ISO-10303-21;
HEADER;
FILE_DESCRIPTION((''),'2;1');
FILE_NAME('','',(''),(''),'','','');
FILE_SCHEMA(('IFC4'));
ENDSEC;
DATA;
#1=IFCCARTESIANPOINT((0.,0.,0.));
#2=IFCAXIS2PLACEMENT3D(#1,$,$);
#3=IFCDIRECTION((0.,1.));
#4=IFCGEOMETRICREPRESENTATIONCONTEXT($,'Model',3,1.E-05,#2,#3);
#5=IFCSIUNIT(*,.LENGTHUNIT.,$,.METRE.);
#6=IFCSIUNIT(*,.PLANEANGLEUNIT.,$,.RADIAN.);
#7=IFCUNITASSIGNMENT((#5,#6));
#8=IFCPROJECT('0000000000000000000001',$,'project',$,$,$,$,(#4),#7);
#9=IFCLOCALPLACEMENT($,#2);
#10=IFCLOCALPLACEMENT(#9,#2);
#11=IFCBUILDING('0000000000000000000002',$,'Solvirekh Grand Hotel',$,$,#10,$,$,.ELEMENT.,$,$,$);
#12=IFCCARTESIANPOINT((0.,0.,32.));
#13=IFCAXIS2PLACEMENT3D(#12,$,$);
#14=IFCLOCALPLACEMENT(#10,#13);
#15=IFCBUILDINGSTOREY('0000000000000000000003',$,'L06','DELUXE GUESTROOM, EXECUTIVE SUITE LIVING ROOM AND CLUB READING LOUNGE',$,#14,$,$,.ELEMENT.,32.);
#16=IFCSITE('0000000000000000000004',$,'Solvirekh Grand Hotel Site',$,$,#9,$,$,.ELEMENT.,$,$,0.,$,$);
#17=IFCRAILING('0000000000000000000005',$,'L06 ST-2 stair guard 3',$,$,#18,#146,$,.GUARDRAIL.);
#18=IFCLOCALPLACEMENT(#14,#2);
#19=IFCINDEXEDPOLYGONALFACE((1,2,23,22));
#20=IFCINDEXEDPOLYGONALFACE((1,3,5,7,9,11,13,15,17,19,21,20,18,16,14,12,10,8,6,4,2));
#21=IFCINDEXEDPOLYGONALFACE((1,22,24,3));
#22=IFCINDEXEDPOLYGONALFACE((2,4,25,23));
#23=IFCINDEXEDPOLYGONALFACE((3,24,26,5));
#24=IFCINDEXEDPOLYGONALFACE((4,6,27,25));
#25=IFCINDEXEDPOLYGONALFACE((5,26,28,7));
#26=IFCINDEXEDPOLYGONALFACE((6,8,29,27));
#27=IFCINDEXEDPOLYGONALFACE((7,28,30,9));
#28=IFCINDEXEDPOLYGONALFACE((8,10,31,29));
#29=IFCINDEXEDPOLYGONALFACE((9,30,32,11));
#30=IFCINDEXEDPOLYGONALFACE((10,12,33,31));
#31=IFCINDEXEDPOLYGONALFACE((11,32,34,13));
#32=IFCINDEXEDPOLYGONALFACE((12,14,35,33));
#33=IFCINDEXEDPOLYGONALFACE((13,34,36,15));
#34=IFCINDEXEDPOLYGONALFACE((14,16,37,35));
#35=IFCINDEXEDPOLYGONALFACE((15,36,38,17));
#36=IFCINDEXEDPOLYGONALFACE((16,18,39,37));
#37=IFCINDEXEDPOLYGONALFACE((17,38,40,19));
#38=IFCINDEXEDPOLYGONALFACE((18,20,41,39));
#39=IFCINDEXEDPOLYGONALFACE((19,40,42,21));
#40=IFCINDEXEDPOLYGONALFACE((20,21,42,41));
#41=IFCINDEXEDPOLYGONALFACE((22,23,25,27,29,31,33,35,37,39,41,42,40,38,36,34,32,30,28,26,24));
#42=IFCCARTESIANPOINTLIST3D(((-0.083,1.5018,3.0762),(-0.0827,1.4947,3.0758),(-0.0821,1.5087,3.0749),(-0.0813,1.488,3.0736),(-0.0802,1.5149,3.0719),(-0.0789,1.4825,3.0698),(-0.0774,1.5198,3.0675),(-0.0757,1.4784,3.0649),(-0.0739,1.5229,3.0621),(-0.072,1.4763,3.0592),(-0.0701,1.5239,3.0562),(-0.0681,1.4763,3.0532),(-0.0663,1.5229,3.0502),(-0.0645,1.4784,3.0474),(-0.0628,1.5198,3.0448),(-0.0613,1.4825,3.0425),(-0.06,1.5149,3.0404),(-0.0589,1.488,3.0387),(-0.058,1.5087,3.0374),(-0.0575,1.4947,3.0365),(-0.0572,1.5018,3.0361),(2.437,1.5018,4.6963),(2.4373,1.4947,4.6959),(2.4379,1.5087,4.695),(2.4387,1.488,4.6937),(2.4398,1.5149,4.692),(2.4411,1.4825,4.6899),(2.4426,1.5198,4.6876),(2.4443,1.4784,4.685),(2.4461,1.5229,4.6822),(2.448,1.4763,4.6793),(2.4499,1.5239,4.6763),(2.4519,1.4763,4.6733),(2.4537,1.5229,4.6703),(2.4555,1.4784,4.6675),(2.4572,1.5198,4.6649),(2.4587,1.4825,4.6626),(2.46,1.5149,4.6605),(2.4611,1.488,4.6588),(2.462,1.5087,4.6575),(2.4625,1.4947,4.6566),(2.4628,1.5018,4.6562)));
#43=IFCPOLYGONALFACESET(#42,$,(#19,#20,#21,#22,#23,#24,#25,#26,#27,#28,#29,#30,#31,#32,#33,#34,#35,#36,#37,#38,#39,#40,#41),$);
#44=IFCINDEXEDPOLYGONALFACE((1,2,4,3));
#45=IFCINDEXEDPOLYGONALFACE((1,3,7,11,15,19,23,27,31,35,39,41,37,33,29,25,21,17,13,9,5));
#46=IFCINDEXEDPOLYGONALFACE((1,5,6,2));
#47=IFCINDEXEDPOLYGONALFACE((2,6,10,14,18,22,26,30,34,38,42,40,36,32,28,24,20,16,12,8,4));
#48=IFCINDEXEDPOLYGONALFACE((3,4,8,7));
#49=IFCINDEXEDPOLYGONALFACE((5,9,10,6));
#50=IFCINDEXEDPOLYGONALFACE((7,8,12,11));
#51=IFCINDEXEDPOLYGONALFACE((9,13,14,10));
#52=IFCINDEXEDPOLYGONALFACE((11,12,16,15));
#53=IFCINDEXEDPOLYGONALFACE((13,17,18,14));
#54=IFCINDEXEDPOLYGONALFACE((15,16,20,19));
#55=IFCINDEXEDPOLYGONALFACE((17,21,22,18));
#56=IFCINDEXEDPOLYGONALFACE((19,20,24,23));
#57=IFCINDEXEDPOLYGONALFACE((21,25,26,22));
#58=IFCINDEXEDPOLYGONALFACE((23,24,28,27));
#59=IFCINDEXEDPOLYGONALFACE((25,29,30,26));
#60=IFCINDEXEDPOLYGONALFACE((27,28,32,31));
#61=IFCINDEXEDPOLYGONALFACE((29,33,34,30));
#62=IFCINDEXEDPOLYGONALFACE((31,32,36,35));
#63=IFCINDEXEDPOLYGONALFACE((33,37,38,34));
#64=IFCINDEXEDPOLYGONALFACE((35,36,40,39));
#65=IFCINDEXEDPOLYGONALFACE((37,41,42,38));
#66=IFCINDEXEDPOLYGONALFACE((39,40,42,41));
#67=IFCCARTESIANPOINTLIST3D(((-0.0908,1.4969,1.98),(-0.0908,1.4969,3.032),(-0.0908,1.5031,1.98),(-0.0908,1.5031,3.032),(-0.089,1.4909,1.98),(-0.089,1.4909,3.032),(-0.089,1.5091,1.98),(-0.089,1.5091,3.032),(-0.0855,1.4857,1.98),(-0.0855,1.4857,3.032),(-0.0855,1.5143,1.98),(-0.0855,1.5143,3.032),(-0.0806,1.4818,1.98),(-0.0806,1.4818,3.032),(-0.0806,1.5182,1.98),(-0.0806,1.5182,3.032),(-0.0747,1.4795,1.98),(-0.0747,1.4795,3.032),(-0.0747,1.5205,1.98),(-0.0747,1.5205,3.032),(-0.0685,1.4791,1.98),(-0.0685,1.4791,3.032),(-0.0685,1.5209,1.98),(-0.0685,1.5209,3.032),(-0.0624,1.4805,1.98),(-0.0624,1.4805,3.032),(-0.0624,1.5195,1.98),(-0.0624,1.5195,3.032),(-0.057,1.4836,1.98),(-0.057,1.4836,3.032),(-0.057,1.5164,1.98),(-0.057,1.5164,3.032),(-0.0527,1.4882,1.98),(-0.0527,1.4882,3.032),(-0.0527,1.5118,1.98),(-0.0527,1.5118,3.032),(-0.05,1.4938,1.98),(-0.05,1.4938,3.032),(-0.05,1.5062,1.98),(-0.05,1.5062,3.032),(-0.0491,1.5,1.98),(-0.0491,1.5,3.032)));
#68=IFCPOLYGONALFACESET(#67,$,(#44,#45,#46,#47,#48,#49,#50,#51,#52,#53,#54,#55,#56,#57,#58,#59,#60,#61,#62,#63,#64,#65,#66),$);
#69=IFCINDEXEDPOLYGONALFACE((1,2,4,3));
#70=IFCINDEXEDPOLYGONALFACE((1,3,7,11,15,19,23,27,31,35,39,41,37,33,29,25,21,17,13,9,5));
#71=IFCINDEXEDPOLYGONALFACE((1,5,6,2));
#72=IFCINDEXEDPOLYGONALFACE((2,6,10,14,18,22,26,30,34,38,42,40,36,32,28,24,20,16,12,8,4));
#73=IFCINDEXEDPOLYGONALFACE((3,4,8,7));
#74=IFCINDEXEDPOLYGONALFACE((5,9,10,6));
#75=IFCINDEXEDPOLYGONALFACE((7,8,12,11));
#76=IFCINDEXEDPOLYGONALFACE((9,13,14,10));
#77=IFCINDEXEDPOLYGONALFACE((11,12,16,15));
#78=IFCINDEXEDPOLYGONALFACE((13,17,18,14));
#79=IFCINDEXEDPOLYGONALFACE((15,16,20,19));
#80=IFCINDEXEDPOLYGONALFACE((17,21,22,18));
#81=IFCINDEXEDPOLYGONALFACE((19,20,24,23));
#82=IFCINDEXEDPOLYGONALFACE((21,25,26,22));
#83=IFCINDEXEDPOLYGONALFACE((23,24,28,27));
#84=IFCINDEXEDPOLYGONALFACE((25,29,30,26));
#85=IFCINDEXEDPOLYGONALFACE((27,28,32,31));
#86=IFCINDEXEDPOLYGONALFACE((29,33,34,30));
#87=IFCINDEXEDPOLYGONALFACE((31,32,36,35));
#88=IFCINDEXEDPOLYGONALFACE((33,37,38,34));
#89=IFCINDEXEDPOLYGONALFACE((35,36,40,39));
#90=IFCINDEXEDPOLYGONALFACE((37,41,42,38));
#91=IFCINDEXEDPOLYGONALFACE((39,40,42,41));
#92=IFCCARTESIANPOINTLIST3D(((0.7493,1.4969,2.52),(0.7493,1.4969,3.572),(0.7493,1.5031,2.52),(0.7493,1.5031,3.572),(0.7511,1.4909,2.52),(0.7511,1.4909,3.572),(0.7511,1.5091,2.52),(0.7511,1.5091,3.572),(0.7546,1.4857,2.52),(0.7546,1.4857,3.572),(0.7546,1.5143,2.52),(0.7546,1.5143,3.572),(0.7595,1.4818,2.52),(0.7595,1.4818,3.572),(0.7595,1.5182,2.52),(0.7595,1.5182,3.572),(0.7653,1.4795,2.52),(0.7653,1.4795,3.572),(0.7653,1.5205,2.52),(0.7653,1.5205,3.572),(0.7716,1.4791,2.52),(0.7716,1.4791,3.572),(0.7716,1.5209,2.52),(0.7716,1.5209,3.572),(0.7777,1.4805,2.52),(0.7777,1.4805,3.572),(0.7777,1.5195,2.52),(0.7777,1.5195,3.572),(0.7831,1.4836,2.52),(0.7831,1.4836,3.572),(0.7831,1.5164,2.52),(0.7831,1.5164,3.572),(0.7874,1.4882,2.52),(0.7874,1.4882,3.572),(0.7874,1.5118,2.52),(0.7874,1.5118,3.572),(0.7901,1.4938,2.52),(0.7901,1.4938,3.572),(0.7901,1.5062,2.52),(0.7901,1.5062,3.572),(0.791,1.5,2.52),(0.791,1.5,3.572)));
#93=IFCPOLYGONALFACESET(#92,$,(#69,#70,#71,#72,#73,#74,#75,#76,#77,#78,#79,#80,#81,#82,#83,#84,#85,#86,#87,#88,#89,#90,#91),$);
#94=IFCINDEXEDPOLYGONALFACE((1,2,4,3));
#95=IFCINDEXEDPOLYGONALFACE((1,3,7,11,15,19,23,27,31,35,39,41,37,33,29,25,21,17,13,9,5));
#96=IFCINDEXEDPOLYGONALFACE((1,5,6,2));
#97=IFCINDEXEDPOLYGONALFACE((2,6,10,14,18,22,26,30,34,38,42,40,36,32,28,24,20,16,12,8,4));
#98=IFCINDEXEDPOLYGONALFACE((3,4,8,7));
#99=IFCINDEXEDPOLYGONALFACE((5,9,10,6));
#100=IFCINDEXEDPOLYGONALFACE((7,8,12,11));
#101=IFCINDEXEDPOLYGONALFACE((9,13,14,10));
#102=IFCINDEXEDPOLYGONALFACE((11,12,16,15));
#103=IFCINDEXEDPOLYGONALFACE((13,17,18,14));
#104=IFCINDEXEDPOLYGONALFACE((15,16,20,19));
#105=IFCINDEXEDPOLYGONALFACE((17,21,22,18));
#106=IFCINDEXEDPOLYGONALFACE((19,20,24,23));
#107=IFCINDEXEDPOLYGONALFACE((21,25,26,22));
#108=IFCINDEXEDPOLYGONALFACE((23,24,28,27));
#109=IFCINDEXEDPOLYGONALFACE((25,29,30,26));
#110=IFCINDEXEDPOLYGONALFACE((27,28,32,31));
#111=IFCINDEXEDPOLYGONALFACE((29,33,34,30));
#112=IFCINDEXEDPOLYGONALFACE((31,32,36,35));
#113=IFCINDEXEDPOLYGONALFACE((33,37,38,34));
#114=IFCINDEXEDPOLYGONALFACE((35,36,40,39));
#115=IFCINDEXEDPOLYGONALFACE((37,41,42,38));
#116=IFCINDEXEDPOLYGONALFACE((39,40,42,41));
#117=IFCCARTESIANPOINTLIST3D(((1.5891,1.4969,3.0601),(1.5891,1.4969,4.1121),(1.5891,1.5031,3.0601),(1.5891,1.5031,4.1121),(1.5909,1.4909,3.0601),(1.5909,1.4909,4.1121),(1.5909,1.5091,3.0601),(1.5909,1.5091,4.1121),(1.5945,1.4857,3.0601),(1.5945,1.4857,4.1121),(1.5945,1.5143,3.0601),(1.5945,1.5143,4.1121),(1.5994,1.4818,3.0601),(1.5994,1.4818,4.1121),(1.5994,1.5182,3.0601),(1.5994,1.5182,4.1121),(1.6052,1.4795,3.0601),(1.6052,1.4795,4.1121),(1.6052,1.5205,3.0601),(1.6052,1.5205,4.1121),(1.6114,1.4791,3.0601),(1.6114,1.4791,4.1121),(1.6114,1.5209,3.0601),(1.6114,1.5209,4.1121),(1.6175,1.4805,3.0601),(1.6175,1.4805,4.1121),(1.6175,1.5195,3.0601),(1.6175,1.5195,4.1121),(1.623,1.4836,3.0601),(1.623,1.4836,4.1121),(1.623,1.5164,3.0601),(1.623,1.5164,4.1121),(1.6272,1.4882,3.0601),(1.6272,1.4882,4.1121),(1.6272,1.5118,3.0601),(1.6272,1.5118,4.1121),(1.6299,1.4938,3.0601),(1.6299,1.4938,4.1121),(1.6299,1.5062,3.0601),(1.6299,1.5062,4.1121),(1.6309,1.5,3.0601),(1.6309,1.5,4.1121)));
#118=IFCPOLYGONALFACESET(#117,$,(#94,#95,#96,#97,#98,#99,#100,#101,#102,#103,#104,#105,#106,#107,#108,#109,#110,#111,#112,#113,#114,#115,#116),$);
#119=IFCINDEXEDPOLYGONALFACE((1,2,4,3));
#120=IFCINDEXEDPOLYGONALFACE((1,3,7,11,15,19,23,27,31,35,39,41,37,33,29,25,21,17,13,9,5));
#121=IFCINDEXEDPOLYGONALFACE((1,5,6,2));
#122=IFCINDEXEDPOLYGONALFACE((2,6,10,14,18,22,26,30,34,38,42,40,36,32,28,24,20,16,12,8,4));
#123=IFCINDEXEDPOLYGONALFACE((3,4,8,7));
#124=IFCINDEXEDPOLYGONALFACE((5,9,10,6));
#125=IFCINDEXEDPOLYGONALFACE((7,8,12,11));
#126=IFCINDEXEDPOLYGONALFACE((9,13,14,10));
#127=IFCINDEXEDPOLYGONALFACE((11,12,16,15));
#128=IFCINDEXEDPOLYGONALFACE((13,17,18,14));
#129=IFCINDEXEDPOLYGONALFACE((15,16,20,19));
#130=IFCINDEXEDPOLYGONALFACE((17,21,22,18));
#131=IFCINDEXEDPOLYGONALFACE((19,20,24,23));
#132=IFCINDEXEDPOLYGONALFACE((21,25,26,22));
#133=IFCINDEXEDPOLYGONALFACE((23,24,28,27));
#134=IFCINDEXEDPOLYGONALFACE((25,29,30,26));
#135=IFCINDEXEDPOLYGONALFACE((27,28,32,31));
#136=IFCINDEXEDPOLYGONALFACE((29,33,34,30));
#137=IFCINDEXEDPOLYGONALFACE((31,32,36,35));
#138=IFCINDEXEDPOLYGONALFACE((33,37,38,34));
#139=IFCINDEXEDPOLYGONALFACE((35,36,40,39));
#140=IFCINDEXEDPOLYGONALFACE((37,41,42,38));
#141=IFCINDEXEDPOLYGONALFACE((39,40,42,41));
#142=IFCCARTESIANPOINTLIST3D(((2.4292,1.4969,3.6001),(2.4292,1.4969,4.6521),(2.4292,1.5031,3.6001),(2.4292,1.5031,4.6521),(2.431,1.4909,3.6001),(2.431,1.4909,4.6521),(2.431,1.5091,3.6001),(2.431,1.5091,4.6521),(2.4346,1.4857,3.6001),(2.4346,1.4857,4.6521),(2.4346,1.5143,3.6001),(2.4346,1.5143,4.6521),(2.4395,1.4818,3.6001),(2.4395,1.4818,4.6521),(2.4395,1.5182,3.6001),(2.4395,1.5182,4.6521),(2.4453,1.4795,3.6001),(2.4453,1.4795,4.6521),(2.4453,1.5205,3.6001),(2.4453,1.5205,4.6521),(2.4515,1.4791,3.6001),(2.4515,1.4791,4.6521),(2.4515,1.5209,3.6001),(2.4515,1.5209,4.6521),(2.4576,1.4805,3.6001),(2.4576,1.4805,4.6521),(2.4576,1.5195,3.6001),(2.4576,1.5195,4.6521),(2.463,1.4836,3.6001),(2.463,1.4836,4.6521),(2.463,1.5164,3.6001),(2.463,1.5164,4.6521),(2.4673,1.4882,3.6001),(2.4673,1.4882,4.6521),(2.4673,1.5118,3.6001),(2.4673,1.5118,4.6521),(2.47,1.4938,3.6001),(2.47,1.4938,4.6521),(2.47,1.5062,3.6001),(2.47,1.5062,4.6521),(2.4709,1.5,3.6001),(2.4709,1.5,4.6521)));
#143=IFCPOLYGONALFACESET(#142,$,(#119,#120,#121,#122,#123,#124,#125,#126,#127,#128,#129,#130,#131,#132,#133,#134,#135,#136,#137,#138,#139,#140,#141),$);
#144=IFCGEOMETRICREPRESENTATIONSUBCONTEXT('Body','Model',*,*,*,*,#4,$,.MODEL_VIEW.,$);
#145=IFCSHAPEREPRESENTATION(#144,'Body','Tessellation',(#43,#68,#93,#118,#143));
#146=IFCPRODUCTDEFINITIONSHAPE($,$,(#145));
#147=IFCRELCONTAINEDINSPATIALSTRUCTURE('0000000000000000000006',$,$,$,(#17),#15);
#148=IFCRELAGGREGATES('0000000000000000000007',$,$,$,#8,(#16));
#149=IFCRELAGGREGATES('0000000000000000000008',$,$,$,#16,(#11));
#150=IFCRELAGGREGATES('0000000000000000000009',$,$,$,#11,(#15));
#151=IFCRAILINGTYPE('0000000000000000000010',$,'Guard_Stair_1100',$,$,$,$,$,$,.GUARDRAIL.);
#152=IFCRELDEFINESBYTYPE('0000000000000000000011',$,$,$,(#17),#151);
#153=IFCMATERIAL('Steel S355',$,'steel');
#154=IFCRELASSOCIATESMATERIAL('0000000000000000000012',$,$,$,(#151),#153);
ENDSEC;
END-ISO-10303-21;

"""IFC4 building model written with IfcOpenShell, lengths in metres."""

from ifc_helpers import new_model, si_unit, direction, frame, origin, origin_2d, place, context, subcontext, project, spatial, circle, extrude, material, type_object, element, save


model = new_model("IFC4")

# Units and contexts
model_context = context("Model", 3, precision=1e-05, world=origin(), true_north=direction((0.0, 1.0)))
body_context = subcontext(model_context, "Body", "Model", "MODEL_VIEW")
ifc_project = project(units=[si_unit("LENGTHUNIT", "METRE"), si_unit("PLANEANGLEUNIT", "RADIAN")], contexts=[model_context])

# Site, building, storey
site_placement = place(None, origin())
site = spatial("IfcSite", under=ifc_project, at=site_placement, Name="Solvirekh Grand Hotel Site", CompositionType="ELEMENT", RefElevation=0.0)
building_placement = place(site_placement, origin())
building = spatial("IfcBuilding", under=site, at=building_placement, Name="Solvirekh Grand Hotel", CompositionType="ELEMENT")
storey_placement = place(building_placement, frame((0.0, 0.0, 32.0)))
storey = spatial("IfcBuildingStorey", under=building, at=storey_placement, Name="L06", Description="DELUXE GUESTROOM, EXECUTIVE SUITE LIVING ROOM AND CLUB READING LOUNGE", CompositionType="ELEMENT", Elevation=32.0)

# Railing
ifc_material_1 = material(Name="Steel S355", Category="steel")
railing_type_1 = type_object("IfcRailingType", Name="Guard_Stair_1100", PredefinedType="GUARDRAIL", material=ifc_material_1)
railing_1_placement = place(storey_placement, frame((-0.0701, 1.5, 1.98)))
element("IfcRailing", 1, at=railing_1_placement, inside=storey, type_object=railing_type_1, Name="L06 ST-2 stair guard 3", PredefinedType="GUARDRAIL", context=body_context, shape_type="SweptSolid", body=[
    extrude(circle(Radius=0.0239, at=origin_2d()), frame((0.0, 0.0, 1.0762), z_axis=(0.841163, 0.0, 0.540782), x_axis=(0.0, 1.0, 0.0)), (0.0, 0.0, 1.0), 2.9958),
    extrude(circle(Radius=0.021, at=origin_2d()), origin(), (0.0, 0.0, 1.0), 1.052),
    extrude(circle(Radius=0.021, at=origin_2d()), frame((0.8401, 0.0, 0.54)), (0.0, 0.0, 1.0), 1.052),
    extrude(circle(Radius=0.021, at=origin_2d()), frame((1.6799, 0.0, 1.0801)), (0.0, 0.0, 1.0), 1.052),
    extrude(circle(Radius=0.021, at=origin_2d()), frame((2.52, 0.0, 1.6201)), (0.0, 0.0, 1.0), 1.052),
])

save(model, "model.ifc")
